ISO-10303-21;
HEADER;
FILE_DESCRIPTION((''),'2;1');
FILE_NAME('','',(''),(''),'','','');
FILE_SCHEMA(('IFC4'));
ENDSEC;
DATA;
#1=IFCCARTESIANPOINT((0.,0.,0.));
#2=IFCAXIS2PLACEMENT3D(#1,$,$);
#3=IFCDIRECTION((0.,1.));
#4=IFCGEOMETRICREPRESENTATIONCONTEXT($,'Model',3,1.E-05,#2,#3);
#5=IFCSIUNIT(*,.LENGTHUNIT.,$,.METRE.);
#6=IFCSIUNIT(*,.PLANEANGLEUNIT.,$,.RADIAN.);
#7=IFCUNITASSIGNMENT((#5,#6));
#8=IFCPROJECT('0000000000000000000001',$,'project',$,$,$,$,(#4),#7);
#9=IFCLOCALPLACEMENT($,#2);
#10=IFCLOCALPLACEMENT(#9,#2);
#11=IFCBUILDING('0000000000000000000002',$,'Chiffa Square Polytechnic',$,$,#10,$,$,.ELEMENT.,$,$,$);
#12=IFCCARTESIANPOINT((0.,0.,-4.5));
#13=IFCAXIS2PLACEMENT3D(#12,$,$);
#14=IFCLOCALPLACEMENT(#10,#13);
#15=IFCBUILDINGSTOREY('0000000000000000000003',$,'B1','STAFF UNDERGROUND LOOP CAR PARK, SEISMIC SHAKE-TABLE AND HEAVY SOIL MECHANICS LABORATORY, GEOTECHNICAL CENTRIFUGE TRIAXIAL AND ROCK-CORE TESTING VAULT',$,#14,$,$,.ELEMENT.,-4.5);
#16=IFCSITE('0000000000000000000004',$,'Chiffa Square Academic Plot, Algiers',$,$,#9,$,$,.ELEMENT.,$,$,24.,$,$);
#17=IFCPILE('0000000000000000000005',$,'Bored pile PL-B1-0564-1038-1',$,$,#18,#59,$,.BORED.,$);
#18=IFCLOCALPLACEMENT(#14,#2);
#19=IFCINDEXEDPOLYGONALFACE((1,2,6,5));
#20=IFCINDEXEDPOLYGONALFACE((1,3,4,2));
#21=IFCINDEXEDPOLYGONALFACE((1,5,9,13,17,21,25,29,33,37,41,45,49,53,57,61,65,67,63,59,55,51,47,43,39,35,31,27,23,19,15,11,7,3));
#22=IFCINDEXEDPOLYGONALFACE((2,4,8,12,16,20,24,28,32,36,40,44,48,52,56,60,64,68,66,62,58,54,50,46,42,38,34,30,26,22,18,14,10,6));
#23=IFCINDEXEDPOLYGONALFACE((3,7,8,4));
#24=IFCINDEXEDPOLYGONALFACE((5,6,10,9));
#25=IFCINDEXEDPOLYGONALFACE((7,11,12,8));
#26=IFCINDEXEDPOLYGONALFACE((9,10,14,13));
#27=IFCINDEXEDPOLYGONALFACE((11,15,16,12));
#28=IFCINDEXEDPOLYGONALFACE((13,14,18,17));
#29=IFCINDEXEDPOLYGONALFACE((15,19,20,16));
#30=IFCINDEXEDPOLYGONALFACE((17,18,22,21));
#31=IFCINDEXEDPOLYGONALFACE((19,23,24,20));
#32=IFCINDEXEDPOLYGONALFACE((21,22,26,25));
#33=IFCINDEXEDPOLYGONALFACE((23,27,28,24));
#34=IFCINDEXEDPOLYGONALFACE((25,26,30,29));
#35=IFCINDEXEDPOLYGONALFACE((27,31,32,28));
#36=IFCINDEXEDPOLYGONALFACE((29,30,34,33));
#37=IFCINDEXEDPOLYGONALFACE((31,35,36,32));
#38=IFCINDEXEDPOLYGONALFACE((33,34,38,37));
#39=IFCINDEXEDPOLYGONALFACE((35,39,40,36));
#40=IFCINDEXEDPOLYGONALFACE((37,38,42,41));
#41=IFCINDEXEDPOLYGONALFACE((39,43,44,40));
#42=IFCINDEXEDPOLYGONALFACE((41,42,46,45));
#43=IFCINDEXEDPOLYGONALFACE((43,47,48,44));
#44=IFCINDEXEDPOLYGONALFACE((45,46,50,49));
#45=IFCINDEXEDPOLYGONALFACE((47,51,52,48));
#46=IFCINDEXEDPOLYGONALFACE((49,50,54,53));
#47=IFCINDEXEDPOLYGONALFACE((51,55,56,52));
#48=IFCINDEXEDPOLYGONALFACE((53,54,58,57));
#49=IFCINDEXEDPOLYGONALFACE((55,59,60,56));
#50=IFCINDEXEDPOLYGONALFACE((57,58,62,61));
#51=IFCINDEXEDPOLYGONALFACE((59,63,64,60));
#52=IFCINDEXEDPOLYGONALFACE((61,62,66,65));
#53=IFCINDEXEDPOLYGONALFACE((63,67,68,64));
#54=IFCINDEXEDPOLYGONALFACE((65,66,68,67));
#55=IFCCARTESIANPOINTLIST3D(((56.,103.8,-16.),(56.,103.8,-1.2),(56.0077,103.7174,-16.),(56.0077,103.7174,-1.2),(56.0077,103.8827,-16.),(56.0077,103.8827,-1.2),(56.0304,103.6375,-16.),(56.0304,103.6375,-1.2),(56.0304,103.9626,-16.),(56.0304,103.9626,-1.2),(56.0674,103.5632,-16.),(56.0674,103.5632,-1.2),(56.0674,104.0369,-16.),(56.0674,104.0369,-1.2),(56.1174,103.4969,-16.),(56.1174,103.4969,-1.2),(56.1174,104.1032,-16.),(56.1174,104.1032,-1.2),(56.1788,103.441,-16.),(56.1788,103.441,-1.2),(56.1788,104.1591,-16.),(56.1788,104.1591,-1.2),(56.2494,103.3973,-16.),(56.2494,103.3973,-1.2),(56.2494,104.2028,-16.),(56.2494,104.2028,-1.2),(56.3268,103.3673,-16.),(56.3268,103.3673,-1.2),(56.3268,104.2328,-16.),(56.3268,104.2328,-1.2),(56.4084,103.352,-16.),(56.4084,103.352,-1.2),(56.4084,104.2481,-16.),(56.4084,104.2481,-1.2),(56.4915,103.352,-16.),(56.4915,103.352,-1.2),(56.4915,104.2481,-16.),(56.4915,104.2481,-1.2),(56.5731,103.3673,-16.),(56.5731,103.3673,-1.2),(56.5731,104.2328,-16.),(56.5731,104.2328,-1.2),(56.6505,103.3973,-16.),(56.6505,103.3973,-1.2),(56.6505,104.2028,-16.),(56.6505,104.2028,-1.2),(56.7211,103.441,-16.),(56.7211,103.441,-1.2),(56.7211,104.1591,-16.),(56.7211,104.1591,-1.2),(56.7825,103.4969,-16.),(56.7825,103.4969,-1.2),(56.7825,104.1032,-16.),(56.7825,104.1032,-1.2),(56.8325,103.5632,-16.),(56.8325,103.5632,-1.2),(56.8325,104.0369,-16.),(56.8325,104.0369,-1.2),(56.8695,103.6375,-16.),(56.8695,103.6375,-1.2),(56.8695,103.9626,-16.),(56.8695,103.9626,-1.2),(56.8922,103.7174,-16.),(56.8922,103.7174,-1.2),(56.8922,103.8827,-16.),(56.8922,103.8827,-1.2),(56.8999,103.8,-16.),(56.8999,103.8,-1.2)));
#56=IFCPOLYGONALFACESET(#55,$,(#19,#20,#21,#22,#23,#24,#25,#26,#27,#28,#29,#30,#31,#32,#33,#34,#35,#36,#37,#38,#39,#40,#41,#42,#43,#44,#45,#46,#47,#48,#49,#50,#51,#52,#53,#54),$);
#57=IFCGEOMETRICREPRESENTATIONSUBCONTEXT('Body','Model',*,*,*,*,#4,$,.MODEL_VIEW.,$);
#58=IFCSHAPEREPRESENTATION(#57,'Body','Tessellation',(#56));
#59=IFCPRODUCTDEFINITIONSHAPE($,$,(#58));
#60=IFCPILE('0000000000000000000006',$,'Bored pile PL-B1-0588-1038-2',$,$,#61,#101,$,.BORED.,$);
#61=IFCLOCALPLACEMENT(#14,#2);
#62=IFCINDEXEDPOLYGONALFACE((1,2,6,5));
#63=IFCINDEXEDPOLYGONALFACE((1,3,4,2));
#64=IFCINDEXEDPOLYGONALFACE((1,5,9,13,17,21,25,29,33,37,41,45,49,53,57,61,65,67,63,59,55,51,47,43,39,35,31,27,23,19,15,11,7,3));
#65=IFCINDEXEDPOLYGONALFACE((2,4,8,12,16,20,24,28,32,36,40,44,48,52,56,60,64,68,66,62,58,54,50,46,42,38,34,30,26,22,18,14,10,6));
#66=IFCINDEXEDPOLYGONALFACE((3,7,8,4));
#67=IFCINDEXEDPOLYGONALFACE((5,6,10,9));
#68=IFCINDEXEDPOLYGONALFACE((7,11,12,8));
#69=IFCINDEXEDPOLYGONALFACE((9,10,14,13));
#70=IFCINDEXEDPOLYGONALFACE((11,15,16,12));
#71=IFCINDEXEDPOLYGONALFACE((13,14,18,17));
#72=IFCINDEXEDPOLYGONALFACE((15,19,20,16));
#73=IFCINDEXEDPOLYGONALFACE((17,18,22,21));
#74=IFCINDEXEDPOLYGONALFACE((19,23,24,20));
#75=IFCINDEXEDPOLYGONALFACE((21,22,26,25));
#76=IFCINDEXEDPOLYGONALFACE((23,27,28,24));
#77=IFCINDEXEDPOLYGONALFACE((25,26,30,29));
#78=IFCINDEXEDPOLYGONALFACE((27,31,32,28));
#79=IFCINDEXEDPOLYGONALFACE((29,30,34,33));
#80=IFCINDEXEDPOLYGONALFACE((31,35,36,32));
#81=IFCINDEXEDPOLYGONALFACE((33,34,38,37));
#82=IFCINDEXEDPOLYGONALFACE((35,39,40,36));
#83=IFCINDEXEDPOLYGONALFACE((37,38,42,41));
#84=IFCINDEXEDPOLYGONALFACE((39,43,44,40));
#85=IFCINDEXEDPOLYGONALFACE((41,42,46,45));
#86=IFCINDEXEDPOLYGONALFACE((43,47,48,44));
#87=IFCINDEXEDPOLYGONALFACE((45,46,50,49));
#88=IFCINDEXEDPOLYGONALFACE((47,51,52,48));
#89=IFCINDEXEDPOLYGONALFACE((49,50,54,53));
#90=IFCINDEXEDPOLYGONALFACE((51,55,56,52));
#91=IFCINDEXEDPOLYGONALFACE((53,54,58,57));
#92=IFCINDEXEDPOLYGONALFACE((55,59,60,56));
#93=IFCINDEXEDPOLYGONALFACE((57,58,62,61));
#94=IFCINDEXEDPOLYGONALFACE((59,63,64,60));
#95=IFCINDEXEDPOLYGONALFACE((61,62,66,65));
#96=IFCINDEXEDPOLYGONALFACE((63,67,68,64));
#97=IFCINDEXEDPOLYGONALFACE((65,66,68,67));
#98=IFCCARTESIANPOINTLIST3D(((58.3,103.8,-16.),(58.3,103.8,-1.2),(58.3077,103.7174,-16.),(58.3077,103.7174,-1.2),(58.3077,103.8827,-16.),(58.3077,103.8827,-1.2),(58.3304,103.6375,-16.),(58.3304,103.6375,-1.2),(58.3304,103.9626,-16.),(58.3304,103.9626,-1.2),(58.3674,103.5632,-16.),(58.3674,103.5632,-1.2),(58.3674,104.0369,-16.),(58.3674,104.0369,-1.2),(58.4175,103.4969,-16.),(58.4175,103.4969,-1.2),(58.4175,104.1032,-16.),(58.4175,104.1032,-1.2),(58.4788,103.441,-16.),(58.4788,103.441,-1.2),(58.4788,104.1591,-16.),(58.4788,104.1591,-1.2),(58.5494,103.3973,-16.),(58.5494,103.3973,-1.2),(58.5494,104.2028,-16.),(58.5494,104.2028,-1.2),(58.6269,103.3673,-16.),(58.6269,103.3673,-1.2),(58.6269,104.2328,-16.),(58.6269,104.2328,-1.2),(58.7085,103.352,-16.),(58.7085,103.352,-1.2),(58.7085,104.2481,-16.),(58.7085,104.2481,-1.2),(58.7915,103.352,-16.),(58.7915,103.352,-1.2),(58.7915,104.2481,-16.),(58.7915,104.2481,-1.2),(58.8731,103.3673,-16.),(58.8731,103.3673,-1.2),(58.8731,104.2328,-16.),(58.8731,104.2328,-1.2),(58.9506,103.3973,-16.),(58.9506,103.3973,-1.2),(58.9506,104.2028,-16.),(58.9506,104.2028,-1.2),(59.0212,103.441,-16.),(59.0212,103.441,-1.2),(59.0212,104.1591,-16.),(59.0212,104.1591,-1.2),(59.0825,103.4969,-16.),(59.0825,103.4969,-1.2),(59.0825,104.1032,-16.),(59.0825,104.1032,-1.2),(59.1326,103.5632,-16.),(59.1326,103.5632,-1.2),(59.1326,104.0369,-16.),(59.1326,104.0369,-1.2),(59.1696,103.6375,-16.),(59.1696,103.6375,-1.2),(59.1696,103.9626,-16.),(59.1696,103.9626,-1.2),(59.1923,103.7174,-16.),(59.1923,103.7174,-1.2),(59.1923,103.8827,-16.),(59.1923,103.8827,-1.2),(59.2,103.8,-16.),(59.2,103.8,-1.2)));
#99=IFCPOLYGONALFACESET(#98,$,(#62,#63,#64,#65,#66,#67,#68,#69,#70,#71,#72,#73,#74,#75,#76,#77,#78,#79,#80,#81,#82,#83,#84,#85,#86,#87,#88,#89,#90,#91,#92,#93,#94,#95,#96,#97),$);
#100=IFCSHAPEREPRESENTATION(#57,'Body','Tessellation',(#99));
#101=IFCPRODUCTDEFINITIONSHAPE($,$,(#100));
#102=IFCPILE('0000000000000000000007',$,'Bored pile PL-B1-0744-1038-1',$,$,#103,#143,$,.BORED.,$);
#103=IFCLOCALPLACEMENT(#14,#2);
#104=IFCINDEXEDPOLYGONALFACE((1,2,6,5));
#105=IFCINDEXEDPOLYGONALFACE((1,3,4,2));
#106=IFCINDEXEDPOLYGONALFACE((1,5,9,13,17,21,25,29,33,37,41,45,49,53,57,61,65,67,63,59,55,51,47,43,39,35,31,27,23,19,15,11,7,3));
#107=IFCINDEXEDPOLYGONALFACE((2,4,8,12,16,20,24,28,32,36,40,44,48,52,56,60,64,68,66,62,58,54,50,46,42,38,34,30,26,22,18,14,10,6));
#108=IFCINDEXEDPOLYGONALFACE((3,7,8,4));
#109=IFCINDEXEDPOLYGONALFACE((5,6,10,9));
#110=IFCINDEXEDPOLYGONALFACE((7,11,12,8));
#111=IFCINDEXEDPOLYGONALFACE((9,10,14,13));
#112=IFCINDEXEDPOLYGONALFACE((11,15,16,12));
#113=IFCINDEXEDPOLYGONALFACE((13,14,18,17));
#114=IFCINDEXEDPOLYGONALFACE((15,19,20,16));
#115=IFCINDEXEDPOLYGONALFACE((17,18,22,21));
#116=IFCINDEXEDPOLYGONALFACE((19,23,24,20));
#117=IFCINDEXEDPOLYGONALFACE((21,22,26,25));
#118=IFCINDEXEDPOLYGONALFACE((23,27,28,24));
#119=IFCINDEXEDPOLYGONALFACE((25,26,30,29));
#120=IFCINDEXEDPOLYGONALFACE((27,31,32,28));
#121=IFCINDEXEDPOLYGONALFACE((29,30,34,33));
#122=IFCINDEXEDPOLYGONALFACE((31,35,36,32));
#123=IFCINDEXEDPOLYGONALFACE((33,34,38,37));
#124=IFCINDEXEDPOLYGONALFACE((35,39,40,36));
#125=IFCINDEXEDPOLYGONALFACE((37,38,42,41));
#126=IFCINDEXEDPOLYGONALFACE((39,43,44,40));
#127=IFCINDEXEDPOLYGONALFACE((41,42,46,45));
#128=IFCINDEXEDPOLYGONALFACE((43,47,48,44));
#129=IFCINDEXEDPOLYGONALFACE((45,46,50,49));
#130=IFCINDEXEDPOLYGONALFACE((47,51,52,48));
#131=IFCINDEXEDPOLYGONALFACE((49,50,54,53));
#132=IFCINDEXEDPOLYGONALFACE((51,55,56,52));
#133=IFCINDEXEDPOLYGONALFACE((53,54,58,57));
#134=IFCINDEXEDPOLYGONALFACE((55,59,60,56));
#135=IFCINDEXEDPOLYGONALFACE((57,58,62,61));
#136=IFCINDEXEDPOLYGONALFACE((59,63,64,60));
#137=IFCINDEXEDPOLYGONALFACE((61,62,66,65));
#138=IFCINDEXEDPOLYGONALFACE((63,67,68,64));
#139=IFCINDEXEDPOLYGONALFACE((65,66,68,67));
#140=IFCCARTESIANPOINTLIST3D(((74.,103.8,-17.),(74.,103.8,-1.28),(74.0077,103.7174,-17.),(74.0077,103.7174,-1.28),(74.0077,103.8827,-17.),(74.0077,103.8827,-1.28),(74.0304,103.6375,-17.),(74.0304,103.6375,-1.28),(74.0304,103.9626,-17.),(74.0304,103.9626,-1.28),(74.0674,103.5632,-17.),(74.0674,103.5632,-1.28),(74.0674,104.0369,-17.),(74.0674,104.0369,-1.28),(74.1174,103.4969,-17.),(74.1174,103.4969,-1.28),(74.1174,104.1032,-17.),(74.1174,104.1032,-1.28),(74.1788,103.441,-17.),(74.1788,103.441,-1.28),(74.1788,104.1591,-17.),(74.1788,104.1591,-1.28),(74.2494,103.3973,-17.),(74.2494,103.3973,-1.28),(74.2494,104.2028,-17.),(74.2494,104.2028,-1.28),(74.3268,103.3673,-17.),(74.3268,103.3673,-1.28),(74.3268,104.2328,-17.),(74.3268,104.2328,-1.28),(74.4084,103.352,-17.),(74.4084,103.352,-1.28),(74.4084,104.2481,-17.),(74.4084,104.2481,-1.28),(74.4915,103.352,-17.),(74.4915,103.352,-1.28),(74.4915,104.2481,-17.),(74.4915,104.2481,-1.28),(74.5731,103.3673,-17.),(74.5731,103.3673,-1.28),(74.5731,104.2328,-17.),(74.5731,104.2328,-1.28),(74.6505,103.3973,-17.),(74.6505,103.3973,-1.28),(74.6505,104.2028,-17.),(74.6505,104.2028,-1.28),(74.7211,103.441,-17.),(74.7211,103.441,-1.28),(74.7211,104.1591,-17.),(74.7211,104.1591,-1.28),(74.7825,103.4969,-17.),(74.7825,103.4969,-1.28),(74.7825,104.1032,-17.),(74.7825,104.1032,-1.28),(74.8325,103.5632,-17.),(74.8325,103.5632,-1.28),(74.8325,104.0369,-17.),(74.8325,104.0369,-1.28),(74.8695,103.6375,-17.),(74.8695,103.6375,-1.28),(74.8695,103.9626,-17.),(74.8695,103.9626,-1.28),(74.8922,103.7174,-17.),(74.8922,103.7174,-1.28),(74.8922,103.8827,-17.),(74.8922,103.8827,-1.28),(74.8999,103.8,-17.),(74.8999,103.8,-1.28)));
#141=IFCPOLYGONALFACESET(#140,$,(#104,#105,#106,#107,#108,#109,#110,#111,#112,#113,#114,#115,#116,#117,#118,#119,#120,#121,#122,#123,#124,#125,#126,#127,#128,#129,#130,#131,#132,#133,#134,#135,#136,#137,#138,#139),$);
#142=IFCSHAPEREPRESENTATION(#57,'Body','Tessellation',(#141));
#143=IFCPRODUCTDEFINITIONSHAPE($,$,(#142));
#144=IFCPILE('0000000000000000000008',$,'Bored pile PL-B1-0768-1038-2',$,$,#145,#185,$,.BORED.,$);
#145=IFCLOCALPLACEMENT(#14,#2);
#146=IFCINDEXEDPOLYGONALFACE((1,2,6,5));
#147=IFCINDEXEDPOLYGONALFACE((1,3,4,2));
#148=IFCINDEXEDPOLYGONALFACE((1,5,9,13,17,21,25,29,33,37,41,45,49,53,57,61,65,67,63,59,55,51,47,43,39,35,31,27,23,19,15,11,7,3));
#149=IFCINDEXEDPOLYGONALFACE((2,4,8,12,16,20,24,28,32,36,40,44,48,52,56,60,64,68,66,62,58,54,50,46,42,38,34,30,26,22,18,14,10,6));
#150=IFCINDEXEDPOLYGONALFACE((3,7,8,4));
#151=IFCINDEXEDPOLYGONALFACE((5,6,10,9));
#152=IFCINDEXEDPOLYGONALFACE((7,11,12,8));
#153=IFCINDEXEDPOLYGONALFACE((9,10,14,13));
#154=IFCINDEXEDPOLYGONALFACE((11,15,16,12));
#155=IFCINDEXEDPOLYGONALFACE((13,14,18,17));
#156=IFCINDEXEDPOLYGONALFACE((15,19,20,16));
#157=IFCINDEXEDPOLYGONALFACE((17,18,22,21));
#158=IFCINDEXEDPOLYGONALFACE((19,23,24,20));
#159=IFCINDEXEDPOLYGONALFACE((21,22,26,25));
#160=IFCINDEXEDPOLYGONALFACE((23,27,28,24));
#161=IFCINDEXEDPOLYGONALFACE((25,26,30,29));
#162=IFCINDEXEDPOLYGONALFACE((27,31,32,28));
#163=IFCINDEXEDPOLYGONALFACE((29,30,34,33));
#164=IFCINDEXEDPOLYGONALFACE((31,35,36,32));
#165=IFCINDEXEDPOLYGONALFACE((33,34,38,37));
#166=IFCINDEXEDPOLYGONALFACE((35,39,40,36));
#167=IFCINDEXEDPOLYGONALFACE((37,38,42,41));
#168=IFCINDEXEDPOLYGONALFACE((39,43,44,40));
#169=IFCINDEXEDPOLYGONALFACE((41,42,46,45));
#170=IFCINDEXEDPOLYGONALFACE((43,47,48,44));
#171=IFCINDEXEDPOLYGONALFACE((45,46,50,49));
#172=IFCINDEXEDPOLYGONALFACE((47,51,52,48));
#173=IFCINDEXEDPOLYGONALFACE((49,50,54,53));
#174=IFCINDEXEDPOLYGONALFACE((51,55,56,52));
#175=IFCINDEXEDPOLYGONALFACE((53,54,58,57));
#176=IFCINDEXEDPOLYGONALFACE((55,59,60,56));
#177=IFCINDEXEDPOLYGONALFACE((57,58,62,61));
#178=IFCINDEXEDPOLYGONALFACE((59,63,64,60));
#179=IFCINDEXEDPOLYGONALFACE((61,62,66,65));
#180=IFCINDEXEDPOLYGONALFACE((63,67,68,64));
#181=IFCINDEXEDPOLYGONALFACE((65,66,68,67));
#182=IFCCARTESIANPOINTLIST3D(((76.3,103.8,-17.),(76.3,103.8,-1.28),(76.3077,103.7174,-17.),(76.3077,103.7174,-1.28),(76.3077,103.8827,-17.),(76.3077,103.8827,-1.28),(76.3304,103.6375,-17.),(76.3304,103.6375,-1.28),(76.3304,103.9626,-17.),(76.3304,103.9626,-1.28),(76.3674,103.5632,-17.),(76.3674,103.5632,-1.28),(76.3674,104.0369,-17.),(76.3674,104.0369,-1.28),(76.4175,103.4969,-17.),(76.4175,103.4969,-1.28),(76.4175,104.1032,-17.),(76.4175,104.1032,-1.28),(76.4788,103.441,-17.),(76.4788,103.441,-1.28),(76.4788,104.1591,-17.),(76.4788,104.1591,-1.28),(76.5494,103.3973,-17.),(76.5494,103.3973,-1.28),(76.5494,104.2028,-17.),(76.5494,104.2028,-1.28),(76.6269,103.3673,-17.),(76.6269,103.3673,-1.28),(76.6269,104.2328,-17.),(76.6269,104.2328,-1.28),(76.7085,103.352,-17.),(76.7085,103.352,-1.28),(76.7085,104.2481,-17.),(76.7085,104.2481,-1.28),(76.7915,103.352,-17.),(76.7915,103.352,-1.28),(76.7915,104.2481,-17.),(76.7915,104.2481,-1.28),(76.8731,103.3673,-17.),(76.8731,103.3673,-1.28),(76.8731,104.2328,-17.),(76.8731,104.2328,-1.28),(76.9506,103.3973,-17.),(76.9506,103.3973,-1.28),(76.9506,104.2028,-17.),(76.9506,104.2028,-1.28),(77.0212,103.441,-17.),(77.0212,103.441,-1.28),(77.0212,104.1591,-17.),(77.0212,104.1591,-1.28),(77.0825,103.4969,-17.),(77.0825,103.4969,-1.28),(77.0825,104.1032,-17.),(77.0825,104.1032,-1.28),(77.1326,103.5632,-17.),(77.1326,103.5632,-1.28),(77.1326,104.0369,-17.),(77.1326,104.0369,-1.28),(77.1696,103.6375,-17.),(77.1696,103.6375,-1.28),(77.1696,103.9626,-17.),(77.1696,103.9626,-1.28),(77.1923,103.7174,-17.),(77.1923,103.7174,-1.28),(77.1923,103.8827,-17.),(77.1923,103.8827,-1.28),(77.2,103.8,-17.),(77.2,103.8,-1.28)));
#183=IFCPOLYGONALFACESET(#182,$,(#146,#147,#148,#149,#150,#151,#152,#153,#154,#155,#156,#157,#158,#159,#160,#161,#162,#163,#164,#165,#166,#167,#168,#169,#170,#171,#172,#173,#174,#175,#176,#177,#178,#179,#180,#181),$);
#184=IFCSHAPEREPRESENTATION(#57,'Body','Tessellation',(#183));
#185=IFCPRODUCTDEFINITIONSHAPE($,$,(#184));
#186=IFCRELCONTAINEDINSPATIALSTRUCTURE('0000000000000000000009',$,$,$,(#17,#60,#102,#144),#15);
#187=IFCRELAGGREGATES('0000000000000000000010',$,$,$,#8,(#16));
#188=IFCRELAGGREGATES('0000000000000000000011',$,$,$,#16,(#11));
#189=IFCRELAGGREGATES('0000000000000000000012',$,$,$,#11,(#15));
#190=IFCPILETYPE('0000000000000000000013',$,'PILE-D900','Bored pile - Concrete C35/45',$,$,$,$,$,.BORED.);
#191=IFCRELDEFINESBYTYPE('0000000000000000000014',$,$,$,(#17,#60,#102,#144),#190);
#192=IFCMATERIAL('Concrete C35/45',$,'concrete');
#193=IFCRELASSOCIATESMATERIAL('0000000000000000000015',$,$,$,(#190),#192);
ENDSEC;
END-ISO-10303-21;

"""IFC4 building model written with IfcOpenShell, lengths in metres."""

from ifc_helpers import new_model, si_unit, direction, frame, origin, origin_2d, place, context, subcontext, project, spatial, circle, extrude, material, material_profile, profile_set, type_object, element, save


model = new_model("IFC4")

# Units and contexts
model_context = context("Model", 3, precision=1e-05, world=origin(), true_north=direction((0.0, 1.0)))
body_context = subcontext(model_context, "Body", "Model", "MODEL_VIEW")
ifc_project = project(units=[si_unit("LENGTHUNIT", "METRE"), si_unit("PLANEANGLEUNIT", "RADIAN")], contexts=[model_context])

# Site, building, storey
site_placement = place(None, origin())
site = spatial("IfcSite", under=ifc_project, at=site_placement, Name="Chiffa Square Academic Plot, Algiers", CompositionType="ELEMENT", RefElevation=24.0)
building_placement = place(site_placement, origin())
building = spatial("IfcBuilding", under=site, at=building_placement, Name="Chiffa Square Polytechnic", CompositionType="ELEMENT")
storey_placement = place(building_placement, frame((0.0, 0.0, -4.5)))
storey = spatial("IfcBuildingStorey", under=building, at=storey_placement, Name="B1", Description="STAFF UNDERGROUND LOOP CAR PARK, SEISMIC SHAKE-TABLE AND HEAVY SOIL MECHANICS LABORATORY, GEOTECHNICAL CENTRIFUGE TRIAXIAL AND ROCK-CORE TESTING VAULT", CompositionType="ELEMENT", Elevation=-4.5)

# Shared definitions
ifc_material_1 = material(Name="Concrete C35/45", Category="concrete")

# Piles
ifc_material_profile_1 = material_profile(ifc_material_1, circle(Radius=0.45, at=origin_2d()), Name="PILE D900")
ifc_profile_set_1 = profile_set([ifc_material_profile_1], Name="Concrete C35/45")
pile_type_1 = type_object("IfcPileType", Name="PILE-D900", Description="Bored pile - Concrete C35/45", PredefinedType="BORED", material=ifc_profile_set_1)
for number, where, z_axis, x_axis, name in (
    (1, (56.45, 103.8, -1.2), (0.0, 0.0, -1.0), (1.0, 0.0, 0.0), "Bored pile PL-B1-0564-1038-1"),
    (2, (58.75, 103.8, -1.2), (0.0, 0.0, -1.0), (1.0, 0.0, 0.0), "Bored pile PL-B1-0588-1038-2"),
):
    element("IfcPile", number, at=place(storey_placement, frame(where, z_axis=z_axis, x_axis=x_axis)), inside=storey, type_object=pile_type_1, Name=name, PredefinedType="BORED", context=body_context, shape_type="SweptSolid", body=[
        extrude(circle(Radius=0.45, at=origin_2d()), origin(), (0.0, 0.0, 1.0), 14.8),
    ])
for number, where, z_axis, x_axis, name in (
    (3, (74.45, 103.8, -1.28), (0.0, 0.0, -1.0), (1.0, 0.0, 0.0), "Bored pile PL-B1-0744-1038-1"),
    (4, (76.75, 103.8, -1.28), (0.0, 0.0, -1.0), (1.0, 0.0, 0.0), "Bored pile PL-B1-0768-1038-2"),
):
    element("IfcPile", number, at=place(storey_placement, frame(where, z_axis=z_axis, x_axis=x_axis)), inside=storey, type_object=pile_type_1, Name=name, PredefinedType="BORED", context=body_context, shape_type="SweptSolid", body=[
        extrude(circle(Radius=0.45, at=origin_2d()), origin(), (0.0, 0.0, 1.0), 15.72),
    ])

save(model, "model.ifc")
